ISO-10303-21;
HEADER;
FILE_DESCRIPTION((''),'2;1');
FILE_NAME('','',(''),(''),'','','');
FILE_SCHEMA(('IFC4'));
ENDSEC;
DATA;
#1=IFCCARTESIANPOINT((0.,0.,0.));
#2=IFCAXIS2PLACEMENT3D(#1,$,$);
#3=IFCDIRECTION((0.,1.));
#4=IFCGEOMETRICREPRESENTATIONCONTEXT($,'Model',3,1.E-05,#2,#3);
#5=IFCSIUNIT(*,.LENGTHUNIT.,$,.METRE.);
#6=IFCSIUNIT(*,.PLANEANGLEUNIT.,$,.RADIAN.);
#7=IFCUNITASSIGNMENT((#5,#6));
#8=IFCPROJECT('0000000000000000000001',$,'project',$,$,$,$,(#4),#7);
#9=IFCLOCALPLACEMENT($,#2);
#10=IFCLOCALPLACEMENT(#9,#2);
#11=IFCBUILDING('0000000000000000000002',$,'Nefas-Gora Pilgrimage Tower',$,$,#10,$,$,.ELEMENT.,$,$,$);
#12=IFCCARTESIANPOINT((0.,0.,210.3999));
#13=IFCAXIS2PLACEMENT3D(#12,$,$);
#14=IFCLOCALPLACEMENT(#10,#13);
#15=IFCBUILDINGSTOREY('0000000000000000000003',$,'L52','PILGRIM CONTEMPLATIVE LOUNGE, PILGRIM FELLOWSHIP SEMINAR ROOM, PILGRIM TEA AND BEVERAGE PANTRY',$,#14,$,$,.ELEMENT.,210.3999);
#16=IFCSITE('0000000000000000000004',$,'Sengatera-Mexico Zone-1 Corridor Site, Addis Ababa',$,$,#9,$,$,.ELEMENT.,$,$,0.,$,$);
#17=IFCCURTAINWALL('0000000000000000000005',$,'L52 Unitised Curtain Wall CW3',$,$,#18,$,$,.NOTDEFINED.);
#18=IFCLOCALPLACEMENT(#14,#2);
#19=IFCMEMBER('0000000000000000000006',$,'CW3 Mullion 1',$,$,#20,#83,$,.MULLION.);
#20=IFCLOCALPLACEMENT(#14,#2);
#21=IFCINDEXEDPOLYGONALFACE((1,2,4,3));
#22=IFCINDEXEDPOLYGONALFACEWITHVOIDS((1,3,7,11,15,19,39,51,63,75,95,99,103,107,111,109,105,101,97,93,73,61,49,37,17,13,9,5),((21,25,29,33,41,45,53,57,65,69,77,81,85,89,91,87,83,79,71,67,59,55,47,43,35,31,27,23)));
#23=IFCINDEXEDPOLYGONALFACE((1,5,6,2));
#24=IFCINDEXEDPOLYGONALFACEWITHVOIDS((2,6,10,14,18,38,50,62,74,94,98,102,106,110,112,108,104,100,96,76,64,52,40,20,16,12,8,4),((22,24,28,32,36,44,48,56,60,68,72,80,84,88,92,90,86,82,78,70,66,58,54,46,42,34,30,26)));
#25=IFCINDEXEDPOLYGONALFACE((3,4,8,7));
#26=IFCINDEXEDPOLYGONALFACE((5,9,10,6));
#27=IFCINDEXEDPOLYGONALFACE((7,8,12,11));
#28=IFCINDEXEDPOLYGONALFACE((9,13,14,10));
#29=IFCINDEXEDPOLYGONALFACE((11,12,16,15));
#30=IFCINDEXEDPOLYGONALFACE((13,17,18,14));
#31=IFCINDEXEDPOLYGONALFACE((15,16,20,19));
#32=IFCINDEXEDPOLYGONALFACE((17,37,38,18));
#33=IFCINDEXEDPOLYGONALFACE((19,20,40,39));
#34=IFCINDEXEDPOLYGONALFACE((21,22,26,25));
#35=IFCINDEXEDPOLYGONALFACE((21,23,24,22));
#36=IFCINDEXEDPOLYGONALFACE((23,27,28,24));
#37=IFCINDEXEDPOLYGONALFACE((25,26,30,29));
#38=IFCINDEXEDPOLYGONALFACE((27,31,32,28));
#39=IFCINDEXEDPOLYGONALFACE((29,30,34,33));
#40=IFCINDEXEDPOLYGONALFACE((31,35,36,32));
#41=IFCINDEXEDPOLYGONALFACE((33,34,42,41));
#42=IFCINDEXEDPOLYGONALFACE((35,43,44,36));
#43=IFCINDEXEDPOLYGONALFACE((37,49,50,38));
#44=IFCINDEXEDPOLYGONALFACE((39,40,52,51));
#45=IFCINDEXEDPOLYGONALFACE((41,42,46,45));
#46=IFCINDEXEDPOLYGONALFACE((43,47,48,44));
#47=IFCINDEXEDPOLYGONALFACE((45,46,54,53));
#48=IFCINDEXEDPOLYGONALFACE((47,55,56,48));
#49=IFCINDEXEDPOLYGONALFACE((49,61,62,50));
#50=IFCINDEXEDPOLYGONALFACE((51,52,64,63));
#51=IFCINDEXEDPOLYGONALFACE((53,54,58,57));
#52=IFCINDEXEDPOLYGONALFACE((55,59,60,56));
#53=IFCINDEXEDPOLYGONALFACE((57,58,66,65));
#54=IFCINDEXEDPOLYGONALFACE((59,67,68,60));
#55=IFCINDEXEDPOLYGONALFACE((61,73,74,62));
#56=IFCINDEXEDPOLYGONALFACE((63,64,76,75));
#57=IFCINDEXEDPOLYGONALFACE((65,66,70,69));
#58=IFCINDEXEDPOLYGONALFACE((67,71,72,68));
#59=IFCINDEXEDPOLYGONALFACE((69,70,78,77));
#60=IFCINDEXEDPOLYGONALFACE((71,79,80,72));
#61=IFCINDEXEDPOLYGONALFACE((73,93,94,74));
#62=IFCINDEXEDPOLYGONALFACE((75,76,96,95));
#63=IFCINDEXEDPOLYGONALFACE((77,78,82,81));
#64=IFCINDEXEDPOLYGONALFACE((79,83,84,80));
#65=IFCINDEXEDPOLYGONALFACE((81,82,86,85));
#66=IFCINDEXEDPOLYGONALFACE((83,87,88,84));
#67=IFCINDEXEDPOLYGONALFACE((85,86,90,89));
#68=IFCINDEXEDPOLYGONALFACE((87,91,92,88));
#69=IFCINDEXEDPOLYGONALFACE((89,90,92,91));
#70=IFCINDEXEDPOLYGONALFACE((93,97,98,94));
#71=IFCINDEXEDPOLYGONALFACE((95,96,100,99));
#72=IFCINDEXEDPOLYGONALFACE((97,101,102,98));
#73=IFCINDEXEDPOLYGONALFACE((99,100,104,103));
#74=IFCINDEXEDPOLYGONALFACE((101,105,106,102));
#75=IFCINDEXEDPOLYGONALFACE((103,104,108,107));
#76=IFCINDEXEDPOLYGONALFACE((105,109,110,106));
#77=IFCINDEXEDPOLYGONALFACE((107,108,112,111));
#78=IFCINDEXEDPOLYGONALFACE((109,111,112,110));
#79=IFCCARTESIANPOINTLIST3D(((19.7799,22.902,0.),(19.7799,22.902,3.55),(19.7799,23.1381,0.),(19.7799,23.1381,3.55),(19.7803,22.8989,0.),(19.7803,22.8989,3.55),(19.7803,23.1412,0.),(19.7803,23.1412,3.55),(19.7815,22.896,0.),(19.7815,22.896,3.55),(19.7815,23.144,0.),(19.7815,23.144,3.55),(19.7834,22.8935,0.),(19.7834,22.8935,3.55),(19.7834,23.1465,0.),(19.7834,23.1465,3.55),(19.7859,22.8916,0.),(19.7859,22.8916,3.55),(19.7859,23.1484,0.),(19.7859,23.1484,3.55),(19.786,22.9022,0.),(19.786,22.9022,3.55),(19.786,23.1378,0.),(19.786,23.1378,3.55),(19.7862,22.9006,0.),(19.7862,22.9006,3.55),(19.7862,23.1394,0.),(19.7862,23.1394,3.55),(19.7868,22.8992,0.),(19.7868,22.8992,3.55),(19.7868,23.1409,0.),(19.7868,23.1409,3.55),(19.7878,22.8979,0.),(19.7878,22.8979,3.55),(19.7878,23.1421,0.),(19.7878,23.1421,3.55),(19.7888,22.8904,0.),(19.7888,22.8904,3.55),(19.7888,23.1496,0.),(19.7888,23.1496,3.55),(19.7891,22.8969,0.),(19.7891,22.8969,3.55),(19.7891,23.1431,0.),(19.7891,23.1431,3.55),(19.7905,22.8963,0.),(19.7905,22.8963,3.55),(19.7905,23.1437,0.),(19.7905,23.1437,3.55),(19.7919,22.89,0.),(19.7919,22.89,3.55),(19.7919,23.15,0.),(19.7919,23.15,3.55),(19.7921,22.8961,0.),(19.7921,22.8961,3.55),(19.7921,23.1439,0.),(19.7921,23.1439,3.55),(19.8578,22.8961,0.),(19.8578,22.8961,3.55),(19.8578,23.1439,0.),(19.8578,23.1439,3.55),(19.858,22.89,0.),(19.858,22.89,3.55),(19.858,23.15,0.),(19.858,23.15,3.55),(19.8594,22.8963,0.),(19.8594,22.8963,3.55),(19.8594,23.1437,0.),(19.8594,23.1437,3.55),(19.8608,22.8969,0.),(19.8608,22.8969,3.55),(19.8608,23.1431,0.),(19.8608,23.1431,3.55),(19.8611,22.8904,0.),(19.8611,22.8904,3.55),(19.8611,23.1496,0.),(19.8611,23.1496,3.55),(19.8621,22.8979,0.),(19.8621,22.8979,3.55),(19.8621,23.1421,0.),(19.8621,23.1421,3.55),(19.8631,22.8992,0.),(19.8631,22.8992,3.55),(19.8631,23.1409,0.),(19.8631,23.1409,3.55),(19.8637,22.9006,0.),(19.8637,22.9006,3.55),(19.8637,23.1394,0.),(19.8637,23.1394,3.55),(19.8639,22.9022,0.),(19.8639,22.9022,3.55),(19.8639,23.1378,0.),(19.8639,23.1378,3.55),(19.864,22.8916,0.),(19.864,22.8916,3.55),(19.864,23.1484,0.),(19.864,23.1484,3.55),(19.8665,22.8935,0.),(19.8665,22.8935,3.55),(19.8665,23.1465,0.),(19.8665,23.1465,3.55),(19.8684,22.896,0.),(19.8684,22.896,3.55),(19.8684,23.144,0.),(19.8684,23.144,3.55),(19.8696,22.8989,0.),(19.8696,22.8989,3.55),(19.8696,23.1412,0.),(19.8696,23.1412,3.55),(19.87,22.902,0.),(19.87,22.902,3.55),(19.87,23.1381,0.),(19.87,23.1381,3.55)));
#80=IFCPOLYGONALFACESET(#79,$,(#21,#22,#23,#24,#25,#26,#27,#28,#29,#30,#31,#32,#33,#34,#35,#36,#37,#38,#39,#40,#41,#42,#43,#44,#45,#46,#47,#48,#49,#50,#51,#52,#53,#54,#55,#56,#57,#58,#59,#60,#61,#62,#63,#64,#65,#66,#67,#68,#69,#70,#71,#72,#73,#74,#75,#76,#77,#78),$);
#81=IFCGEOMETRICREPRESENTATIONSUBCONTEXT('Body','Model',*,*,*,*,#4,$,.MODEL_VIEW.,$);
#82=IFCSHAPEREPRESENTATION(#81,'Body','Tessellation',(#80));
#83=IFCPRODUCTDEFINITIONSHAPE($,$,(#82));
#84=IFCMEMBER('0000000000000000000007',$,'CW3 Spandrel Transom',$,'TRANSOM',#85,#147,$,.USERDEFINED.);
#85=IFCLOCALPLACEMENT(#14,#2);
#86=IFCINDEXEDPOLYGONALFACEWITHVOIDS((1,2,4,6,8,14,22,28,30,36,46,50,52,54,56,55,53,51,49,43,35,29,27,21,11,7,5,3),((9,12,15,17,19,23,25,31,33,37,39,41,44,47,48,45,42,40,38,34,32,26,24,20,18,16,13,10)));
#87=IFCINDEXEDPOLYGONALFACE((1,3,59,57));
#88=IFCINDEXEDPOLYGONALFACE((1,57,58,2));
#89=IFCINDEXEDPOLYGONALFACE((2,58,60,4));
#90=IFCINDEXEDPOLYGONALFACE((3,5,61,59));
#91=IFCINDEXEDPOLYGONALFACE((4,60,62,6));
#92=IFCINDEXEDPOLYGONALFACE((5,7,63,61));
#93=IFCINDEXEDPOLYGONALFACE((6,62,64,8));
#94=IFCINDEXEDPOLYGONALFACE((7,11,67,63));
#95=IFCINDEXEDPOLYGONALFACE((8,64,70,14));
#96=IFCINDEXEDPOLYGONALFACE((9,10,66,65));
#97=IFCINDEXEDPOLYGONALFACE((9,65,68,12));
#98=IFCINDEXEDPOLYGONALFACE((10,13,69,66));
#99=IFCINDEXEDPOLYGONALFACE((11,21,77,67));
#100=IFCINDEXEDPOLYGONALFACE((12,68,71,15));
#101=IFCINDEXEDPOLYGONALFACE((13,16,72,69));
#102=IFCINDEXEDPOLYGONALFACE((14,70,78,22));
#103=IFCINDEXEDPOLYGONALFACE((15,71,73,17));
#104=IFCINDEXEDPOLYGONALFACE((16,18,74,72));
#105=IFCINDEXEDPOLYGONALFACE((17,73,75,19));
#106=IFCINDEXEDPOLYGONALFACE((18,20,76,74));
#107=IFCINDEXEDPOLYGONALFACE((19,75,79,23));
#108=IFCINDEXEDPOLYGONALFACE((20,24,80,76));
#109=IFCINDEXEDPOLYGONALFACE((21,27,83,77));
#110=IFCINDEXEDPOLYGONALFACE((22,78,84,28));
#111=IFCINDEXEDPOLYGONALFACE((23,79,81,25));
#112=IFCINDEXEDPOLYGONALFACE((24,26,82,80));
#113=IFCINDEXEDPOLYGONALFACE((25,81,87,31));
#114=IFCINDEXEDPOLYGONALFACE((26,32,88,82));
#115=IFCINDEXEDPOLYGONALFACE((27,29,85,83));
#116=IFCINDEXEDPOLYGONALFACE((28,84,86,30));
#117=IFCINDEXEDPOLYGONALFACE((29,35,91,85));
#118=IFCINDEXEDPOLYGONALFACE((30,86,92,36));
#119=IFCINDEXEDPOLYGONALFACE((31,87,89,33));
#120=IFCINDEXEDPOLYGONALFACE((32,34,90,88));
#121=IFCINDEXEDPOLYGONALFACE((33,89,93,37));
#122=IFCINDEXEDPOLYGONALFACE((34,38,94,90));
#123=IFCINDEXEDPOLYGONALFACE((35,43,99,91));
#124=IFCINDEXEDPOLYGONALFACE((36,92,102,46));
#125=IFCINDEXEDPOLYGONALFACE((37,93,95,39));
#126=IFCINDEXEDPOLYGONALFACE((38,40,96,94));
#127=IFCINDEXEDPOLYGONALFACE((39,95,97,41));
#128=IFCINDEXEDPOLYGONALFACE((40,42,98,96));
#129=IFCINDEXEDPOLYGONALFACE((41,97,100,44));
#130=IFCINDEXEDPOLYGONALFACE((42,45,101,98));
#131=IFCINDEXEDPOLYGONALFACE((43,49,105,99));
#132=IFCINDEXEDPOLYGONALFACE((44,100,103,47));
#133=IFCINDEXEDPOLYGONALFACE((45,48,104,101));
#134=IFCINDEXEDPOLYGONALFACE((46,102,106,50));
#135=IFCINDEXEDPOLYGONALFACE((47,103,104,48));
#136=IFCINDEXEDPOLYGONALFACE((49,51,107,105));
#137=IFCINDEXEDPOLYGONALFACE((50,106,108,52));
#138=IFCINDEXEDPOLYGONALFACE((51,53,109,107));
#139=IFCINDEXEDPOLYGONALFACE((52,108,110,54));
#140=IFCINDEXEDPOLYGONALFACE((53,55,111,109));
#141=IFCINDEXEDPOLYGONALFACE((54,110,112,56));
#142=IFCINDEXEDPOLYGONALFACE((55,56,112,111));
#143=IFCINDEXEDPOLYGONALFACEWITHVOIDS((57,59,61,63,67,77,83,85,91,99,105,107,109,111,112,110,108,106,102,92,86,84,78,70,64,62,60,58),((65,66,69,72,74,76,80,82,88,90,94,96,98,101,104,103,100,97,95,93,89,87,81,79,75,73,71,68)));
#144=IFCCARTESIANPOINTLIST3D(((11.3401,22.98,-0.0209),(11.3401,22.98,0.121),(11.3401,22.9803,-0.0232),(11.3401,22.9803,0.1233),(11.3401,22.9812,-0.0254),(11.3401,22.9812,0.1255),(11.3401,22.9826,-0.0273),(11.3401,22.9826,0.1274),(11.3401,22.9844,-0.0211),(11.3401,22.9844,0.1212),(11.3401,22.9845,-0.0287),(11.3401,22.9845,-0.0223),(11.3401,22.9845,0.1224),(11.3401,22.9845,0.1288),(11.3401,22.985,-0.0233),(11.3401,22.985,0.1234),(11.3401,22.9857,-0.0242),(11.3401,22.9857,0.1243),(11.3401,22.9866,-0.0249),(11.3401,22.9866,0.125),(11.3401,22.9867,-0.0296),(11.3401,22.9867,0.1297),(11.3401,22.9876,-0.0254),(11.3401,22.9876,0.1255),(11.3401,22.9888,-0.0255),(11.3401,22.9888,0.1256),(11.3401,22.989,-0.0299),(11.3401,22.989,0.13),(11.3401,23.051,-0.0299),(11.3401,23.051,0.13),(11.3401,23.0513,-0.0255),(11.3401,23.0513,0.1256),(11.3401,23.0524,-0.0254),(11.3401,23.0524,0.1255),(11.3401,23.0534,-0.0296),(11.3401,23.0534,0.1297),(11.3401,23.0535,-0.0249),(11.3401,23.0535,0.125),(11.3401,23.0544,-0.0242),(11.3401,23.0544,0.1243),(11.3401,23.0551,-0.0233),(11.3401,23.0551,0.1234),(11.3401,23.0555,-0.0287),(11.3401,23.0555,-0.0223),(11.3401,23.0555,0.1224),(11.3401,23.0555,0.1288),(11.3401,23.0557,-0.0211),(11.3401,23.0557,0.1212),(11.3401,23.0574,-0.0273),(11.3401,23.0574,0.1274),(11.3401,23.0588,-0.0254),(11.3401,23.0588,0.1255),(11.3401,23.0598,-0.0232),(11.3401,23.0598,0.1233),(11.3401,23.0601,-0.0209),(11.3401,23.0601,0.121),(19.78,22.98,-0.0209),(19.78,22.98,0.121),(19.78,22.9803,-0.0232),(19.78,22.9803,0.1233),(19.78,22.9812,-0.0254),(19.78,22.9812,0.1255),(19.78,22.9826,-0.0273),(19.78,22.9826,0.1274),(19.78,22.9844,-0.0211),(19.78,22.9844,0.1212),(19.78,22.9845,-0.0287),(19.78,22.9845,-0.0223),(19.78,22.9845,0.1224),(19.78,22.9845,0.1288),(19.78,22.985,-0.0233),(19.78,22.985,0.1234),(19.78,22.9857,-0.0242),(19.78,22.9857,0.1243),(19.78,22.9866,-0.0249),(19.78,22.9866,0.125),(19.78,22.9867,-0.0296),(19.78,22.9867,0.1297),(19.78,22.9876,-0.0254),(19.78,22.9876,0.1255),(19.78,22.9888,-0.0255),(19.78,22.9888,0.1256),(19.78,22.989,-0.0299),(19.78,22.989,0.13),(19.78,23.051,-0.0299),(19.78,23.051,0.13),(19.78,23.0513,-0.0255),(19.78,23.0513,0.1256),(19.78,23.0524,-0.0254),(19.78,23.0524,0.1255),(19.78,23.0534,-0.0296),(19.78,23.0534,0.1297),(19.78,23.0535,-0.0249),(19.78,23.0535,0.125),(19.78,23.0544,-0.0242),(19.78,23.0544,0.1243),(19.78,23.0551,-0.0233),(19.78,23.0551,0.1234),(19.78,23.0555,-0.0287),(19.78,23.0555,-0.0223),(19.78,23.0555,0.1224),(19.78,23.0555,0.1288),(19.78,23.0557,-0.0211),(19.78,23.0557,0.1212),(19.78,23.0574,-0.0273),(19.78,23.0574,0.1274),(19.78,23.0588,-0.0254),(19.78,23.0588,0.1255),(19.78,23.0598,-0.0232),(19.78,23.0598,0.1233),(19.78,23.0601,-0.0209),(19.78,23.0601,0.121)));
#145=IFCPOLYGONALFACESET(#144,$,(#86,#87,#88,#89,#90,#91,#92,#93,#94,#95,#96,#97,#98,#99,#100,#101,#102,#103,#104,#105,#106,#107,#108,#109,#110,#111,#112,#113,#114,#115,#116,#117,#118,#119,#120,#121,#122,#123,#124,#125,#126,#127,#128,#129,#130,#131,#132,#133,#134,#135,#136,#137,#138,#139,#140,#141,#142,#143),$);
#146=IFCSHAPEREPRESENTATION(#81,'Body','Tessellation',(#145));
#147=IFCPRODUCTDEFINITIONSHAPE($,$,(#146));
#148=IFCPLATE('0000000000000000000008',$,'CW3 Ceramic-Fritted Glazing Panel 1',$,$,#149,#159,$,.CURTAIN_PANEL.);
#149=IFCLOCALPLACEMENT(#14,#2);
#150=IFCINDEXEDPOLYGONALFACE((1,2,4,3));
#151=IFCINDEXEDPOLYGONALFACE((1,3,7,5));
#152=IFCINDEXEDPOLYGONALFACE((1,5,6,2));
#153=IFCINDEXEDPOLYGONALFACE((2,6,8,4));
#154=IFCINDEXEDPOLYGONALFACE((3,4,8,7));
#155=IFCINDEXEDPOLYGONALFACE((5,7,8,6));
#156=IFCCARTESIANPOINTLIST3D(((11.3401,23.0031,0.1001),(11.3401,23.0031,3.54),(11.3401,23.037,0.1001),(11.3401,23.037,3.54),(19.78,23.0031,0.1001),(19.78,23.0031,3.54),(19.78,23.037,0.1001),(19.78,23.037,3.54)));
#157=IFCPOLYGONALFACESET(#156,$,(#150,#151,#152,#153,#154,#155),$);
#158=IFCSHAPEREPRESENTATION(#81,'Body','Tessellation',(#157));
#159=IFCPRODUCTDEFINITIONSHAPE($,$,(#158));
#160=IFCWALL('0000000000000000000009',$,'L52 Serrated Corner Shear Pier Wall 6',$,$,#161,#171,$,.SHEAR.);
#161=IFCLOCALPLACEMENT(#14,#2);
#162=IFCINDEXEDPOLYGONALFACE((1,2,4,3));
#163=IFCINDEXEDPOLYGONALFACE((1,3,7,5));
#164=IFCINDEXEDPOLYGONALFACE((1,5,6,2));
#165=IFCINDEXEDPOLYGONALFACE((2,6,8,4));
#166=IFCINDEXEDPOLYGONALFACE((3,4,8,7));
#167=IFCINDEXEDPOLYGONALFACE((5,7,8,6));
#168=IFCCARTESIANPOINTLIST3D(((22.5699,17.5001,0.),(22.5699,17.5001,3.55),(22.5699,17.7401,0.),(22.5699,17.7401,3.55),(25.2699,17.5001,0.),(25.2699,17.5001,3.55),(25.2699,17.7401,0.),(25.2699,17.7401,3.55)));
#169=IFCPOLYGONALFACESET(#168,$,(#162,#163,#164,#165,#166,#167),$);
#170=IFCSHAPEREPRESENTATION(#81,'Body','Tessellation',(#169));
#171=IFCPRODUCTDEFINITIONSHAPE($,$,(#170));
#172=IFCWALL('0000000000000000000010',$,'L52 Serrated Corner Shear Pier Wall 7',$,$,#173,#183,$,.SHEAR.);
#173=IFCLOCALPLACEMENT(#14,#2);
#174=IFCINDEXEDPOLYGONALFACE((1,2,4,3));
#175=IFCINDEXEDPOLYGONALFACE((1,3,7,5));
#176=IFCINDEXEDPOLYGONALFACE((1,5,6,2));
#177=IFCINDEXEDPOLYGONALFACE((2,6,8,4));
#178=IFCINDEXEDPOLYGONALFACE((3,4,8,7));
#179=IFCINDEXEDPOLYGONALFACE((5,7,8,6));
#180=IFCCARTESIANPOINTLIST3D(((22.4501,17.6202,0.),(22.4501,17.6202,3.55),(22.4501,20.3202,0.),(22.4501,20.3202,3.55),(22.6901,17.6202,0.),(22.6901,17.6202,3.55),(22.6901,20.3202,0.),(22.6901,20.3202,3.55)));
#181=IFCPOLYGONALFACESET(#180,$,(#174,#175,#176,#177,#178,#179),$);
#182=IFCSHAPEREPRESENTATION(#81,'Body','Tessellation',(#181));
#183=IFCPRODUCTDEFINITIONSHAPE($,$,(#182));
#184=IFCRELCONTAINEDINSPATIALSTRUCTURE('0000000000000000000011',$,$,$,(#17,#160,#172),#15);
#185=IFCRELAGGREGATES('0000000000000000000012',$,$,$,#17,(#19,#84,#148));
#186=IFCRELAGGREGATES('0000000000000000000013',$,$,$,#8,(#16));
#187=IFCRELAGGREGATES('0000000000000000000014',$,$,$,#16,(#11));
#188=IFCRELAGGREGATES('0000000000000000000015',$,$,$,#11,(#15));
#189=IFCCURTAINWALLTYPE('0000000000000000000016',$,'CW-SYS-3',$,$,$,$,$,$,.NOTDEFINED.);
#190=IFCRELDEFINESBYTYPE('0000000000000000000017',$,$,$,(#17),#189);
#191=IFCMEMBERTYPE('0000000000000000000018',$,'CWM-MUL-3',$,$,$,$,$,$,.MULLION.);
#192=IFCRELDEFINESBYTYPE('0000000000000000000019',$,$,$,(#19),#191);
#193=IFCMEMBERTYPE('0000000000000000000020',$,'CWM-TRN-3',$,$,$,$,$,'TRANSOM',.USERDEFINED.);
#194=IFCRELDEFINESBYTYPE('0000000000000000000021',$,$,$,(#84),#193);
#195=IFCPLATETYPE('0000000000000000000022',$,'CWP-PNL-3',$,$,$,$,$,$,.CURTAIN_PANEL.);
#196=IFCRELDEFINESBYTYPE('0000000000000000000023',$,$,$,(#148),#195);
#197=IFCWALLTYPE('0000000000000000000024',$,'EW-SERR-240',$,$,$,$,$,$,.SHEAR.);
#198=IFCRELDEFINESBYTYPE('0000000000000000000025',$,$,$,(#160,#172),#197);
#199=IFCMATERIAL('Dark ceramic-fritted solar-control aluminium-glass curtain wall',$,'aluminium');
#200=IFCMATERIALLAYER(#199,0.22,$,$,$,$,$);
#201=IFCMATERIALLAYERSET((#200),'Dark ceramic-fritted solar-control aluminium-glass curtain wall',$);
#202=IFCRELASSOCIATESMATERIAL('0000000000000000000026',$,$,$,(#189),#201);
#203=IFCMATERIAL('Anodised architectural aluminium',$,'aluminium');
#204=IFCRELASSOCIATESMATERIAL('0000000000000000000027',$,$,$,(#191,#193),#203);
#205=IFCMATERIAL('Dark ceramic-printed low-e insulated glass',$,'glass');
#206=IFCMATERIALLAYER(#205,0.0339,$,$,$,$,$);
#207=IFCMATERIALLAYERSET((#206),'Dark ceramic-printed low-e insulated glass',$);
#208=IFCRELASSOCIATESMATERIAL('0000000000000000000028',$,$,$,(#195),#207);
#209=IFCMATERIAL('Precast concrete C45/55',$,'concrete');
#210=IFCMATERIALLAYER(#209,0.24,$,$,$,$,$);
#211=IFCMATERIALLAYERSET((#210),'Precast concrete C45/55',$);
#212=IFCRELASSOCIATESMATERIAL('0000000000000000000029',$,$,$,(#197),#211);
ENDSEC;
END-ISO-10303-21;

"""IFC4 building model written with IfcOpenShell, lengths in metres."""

from ifc_helpers import new_model, si_unit, direction, frame, frame_2d, origin, origin_2d, place, context, subcontext, project, spatial, rectangle, hollow_rectangle, extrude, source, transform, mapped, material, layer, layer_set, material_profile, profile_set, type_object, element, aggregate, save


model = new_model("IFC4")

# Units and contexts
model_context = context("Model", 3, precision=1e-05, world=origin(), true_north=direction((0.0, 1.0)))
body_context = subcontext(model_context, "Body", "Model", "MODEL_VIEW")
ifc_project = project(units=[si_unit("LENGTHUNIT", "METRE"), si_unit("PLANEANGLEUNIT", "RADIAN")], contexts=[model_context])

# Site, building, storey
site_placement = place(None, origin())
site = spatial("IfcSite", under=ifc_project, at=site_placement, Name="Sengatera-Mexico Zone-1 Corridor Site, Addis Ababa", CompositionType="ELEMENT", RefElevation=0.0)
building_placement = place(site_placement, origin())
building = spatial("IfcBuilding", under=site, at=building_placement, Name="Nefas-Gora Pilgrimage Tower", CompositionType="ELEMENT")
storey_placement = place(building_placement, frame((0.0, 0.0, 210.3999)))
storey = spatial("IfcBuildingStorey", under=building, at=storey_placement, Name="L52", Description="PILGRIM CONTEMPLATIVE LOUNGE, PILGRIM FELLOWSHIP SEMINAR ROOM, PILGRIM TEA AND BEVERAGE PANTRY", CompositionType="ELEMENT", Elevation=210.3999)

# Shared definitions
ifc_material_1 = material(Name="Dark ceramic-fritted solar-control aluminium-glass curtain wall", Category="aluminium")
ifc_layer_1 = layer(ifc_material_1, 0.22)
ifc_layer_set_1 = layer_set([ifc_layer_1], Name="Dark ceramic-fritted solar-control aluminium-glass curtain wall")
curtain_wall_type = type_object("IfcCurtainWallType", Name="CW-SYS-3", PredefinedType="NOTDEFINED", material=ifc_layer_set_1)
ifc_material_2 = material(Name="Anodised architectural aluminium", Category="aluminium")
ifc_material_profile_1 = material_profile(ifc_material_2, hollow_rectangle(XDim=0.0901, YDim=0.26, WallThickness=0.0061, InnerFilletRadius=0.0061, OuterFilletRadius=0.012, at=origin_2d()), Name="ALU MULLION 90x260")
ifc_profile_set_1 = profile_set([ifc_material_profile_1], Name="Anodised architectural aluminium")
member_type_1 = type_object("IfcMemberType", Name="CWM-MUL-3", PredefinedType="MULLION", material=ifc_profile_set_1)
shared_shape_1 = source(origin(), body_context, "Body", "SweptSolid", [
    extrude(hollow_rectangle(XDim=0.0901, YDim=0.26, WallThickness=0.0061, InnerFilletRadius=0.0061, OuterFilletRadius=0.012, at=origin_2d()), origin(), (0.0, 0.0, 1.0), 3.55),
])

# Curtain wall, members, plate
curtain_wall_1_placement = place(storey_placement, origin())
curtain_wall_1 = element("IfcCurtainWall", 1, at=curtain_wall_1_placement, inside=storey, type_object=curtain_wall_type, Name="L52 Unitised Curtain Wall CW3", PredefinedType="NOTDEFINED")
member_1_placement = place(storey_placement, frame((19.825, 23.02, 0.0), z_axis=(0.0, 0.0, 1.0), x_axis=(-1.0, 0.0, 0.0)))
member_1 = element("IfcMember", 2, at=member_1_placement, type_object=member_type_1, Name="CW3 Mullion 1", PredefinedType="MULLION", context=body_context, shape_type="MappedRepresentation", body=[
    mapped(shared_shape_1, transform((0.0, 0.0, 0.0), x_axis=(1.0, 0.0, 0.0), y_axis=(0.0, 1.0, 0.0), z_axis=(0.0, 0.0, 1.0), scale=1.0)),
])
ifc_material_profile_2 = material_profile(ifc_material_2, hollow_rectangle(XDim=0.0801, YDim=0.1599, WallThickness=0.0044, InnerFilletRadius=0.0044, OuterFilletRadius=0.009, at=origin_2d()), Name="ALU TRANSOM 80x160")
ifc_profile_set_2 = profile_set([ifc_material_profile_2], Name="Anodised architectural aluminium")
member_type_2 = type_object("IfcMemberType", Name="CWM-TRN-3", ElementType="TRANSOM", PredefinedType="USERDEFINED", material=ifc_profile_set_2)
shared_shape_2 = source(origin(), body_context, "Body", "SweptSolid", [
    extrude(hollow_rectangle(XDim=0.0801, YDim=0.1599, WallThickness=0.0044, InnerFilletRadius=0.0044, OuterFilletRadius=0.009, at=origin_2d()), origin(), (0.0, 0.0, 1.0), 8.4399),
])
member_2_placement = place(storey_placement, frame((19.78, 23.02, 0.05), z_axis=(-1.0, 0.0, 0.0), x_axis=(0.0, -1.0, 0.0)))
member_2 = element("IfcMember", 3, at=member_2_placement, type_object=member_type_2, Name="CW3 Spandrel Transom", ObjectType="TRANSOM", PredefinedType="USERDEFINED", context=body_context, shape_type="MappedRepresentation", body=[
    mapped(shared_shape_2, transform((0.0, 0.0, 0.0), x_axis=(1.0, 0.0, 0.0), y_axis=(0.0, 1.0, 0.0), z_axis=(0.0, 0.0, 1.0), scale=1.0)),
])
ifc_material_3 = material(Name="Dark ceramic-printed low-e insulated glass", Category="glass")
ifc_layer_2 = layer(ifc_material_3, 0.0339)
ifc_layer_set_2 = layer_set([ifc_layer_2], Name="Dark ceramic-printed low-e insulated glass")
plate_type = type_object("IfcPlateType", Name="CWP-PNL-3", PredefinedType="CURTAIN_PANEL", material=ifc_layer_set_2)
shared_shape_3 = source(origin(), body_context, "Body", "SweptSolid", [
    extrude(rectangle(XDim=8.4399, YDim=0.0339, at=origin_2d()), origin(), (0.0, 0.0, 1.0), 3.4399),
])
plate_placement = place(storey_placement, frame((15.5601, 23.02, 0.1001), z_axis=(0.0, 0.0, 1.0), x_axis=(-1.0, 0.0, 0.0)))
plate = element("IfcPlate", 4, at=plate_placement, type_object=plate_type, Name="CW3 Ceramic-Fritted Glazing Panel 1", PredefinedType="CURTAIN_PANEL", context=body_context, shape_type="MappedRepresentation", body=[
    mapped(shared_shape_3, transform((0.0, 0.0, 0.0), x_axis=(1.0, 0.0, 0.0), y_axis=(0.0, 1.0, 0.0), z_axis=(0.0, 0.0, 1.0), scale=1.0)),
])
aggregate(curtain_wall_1, [member_1, member_2, plate])

# Walls
ifc_material_4 = material(Name="Precast concrete C45/55", Category="concrete")
ifc_layer_3 = layer(ifc_material_4, 0.24)
ifc_layer_set_3 = layer_set([ifc_layer_3], Name="Precast concrete C45/55")
wall_type_1 = type_object("IfcWallType", Name="EW-SERR-240", PredefinedType="SHEAR", material=ifc_layer_set_3)
shared_shape_4 = source(origin(), body_context, "Body", "SweptSolid", [
    extrude(rectangle(XDim=2.7, YDim=0.24, at=frame_2d((1.3501, 0.0))), origin(), (0.0, 0.0, 1.0), 3.55),
])
for number, where, z_axis, x_axis, name in (
    (5, (25.27, 17.6201, 0.0), (0.0, 0.0, 1.0), (-1.0, 0.0, 0.0), "L52 Serrated Corner Shear Pier Wall 6"),
    (6, (22.5701, 17.6201, 0.0), (0.0, 0.0, 1.0), (0.0, 1.0, 0.0), "L52 Serrated Corner Shear Pier Wall 7"),
):
    element("IfcWall", number, at=place(storey_placement, frame(where, z_axis=z_axis, x_axis=x_axis)), inside=storey, type_object=wall_type_1, Name=name, PredefinedType="SHEAR", context=body_context, shape_type="MappedRepresentation", body=[
        mapped(shared_shape_4, transform((0.0, 0.0, 0.0), x_axis=(1.0, 0.0, 0.0), y_axis=(0.0, 1.0, 0.0), z_axis=(0.0, 0.0, 1.0), scale=1.0)),
    ])

save(model, "model.ifc")
